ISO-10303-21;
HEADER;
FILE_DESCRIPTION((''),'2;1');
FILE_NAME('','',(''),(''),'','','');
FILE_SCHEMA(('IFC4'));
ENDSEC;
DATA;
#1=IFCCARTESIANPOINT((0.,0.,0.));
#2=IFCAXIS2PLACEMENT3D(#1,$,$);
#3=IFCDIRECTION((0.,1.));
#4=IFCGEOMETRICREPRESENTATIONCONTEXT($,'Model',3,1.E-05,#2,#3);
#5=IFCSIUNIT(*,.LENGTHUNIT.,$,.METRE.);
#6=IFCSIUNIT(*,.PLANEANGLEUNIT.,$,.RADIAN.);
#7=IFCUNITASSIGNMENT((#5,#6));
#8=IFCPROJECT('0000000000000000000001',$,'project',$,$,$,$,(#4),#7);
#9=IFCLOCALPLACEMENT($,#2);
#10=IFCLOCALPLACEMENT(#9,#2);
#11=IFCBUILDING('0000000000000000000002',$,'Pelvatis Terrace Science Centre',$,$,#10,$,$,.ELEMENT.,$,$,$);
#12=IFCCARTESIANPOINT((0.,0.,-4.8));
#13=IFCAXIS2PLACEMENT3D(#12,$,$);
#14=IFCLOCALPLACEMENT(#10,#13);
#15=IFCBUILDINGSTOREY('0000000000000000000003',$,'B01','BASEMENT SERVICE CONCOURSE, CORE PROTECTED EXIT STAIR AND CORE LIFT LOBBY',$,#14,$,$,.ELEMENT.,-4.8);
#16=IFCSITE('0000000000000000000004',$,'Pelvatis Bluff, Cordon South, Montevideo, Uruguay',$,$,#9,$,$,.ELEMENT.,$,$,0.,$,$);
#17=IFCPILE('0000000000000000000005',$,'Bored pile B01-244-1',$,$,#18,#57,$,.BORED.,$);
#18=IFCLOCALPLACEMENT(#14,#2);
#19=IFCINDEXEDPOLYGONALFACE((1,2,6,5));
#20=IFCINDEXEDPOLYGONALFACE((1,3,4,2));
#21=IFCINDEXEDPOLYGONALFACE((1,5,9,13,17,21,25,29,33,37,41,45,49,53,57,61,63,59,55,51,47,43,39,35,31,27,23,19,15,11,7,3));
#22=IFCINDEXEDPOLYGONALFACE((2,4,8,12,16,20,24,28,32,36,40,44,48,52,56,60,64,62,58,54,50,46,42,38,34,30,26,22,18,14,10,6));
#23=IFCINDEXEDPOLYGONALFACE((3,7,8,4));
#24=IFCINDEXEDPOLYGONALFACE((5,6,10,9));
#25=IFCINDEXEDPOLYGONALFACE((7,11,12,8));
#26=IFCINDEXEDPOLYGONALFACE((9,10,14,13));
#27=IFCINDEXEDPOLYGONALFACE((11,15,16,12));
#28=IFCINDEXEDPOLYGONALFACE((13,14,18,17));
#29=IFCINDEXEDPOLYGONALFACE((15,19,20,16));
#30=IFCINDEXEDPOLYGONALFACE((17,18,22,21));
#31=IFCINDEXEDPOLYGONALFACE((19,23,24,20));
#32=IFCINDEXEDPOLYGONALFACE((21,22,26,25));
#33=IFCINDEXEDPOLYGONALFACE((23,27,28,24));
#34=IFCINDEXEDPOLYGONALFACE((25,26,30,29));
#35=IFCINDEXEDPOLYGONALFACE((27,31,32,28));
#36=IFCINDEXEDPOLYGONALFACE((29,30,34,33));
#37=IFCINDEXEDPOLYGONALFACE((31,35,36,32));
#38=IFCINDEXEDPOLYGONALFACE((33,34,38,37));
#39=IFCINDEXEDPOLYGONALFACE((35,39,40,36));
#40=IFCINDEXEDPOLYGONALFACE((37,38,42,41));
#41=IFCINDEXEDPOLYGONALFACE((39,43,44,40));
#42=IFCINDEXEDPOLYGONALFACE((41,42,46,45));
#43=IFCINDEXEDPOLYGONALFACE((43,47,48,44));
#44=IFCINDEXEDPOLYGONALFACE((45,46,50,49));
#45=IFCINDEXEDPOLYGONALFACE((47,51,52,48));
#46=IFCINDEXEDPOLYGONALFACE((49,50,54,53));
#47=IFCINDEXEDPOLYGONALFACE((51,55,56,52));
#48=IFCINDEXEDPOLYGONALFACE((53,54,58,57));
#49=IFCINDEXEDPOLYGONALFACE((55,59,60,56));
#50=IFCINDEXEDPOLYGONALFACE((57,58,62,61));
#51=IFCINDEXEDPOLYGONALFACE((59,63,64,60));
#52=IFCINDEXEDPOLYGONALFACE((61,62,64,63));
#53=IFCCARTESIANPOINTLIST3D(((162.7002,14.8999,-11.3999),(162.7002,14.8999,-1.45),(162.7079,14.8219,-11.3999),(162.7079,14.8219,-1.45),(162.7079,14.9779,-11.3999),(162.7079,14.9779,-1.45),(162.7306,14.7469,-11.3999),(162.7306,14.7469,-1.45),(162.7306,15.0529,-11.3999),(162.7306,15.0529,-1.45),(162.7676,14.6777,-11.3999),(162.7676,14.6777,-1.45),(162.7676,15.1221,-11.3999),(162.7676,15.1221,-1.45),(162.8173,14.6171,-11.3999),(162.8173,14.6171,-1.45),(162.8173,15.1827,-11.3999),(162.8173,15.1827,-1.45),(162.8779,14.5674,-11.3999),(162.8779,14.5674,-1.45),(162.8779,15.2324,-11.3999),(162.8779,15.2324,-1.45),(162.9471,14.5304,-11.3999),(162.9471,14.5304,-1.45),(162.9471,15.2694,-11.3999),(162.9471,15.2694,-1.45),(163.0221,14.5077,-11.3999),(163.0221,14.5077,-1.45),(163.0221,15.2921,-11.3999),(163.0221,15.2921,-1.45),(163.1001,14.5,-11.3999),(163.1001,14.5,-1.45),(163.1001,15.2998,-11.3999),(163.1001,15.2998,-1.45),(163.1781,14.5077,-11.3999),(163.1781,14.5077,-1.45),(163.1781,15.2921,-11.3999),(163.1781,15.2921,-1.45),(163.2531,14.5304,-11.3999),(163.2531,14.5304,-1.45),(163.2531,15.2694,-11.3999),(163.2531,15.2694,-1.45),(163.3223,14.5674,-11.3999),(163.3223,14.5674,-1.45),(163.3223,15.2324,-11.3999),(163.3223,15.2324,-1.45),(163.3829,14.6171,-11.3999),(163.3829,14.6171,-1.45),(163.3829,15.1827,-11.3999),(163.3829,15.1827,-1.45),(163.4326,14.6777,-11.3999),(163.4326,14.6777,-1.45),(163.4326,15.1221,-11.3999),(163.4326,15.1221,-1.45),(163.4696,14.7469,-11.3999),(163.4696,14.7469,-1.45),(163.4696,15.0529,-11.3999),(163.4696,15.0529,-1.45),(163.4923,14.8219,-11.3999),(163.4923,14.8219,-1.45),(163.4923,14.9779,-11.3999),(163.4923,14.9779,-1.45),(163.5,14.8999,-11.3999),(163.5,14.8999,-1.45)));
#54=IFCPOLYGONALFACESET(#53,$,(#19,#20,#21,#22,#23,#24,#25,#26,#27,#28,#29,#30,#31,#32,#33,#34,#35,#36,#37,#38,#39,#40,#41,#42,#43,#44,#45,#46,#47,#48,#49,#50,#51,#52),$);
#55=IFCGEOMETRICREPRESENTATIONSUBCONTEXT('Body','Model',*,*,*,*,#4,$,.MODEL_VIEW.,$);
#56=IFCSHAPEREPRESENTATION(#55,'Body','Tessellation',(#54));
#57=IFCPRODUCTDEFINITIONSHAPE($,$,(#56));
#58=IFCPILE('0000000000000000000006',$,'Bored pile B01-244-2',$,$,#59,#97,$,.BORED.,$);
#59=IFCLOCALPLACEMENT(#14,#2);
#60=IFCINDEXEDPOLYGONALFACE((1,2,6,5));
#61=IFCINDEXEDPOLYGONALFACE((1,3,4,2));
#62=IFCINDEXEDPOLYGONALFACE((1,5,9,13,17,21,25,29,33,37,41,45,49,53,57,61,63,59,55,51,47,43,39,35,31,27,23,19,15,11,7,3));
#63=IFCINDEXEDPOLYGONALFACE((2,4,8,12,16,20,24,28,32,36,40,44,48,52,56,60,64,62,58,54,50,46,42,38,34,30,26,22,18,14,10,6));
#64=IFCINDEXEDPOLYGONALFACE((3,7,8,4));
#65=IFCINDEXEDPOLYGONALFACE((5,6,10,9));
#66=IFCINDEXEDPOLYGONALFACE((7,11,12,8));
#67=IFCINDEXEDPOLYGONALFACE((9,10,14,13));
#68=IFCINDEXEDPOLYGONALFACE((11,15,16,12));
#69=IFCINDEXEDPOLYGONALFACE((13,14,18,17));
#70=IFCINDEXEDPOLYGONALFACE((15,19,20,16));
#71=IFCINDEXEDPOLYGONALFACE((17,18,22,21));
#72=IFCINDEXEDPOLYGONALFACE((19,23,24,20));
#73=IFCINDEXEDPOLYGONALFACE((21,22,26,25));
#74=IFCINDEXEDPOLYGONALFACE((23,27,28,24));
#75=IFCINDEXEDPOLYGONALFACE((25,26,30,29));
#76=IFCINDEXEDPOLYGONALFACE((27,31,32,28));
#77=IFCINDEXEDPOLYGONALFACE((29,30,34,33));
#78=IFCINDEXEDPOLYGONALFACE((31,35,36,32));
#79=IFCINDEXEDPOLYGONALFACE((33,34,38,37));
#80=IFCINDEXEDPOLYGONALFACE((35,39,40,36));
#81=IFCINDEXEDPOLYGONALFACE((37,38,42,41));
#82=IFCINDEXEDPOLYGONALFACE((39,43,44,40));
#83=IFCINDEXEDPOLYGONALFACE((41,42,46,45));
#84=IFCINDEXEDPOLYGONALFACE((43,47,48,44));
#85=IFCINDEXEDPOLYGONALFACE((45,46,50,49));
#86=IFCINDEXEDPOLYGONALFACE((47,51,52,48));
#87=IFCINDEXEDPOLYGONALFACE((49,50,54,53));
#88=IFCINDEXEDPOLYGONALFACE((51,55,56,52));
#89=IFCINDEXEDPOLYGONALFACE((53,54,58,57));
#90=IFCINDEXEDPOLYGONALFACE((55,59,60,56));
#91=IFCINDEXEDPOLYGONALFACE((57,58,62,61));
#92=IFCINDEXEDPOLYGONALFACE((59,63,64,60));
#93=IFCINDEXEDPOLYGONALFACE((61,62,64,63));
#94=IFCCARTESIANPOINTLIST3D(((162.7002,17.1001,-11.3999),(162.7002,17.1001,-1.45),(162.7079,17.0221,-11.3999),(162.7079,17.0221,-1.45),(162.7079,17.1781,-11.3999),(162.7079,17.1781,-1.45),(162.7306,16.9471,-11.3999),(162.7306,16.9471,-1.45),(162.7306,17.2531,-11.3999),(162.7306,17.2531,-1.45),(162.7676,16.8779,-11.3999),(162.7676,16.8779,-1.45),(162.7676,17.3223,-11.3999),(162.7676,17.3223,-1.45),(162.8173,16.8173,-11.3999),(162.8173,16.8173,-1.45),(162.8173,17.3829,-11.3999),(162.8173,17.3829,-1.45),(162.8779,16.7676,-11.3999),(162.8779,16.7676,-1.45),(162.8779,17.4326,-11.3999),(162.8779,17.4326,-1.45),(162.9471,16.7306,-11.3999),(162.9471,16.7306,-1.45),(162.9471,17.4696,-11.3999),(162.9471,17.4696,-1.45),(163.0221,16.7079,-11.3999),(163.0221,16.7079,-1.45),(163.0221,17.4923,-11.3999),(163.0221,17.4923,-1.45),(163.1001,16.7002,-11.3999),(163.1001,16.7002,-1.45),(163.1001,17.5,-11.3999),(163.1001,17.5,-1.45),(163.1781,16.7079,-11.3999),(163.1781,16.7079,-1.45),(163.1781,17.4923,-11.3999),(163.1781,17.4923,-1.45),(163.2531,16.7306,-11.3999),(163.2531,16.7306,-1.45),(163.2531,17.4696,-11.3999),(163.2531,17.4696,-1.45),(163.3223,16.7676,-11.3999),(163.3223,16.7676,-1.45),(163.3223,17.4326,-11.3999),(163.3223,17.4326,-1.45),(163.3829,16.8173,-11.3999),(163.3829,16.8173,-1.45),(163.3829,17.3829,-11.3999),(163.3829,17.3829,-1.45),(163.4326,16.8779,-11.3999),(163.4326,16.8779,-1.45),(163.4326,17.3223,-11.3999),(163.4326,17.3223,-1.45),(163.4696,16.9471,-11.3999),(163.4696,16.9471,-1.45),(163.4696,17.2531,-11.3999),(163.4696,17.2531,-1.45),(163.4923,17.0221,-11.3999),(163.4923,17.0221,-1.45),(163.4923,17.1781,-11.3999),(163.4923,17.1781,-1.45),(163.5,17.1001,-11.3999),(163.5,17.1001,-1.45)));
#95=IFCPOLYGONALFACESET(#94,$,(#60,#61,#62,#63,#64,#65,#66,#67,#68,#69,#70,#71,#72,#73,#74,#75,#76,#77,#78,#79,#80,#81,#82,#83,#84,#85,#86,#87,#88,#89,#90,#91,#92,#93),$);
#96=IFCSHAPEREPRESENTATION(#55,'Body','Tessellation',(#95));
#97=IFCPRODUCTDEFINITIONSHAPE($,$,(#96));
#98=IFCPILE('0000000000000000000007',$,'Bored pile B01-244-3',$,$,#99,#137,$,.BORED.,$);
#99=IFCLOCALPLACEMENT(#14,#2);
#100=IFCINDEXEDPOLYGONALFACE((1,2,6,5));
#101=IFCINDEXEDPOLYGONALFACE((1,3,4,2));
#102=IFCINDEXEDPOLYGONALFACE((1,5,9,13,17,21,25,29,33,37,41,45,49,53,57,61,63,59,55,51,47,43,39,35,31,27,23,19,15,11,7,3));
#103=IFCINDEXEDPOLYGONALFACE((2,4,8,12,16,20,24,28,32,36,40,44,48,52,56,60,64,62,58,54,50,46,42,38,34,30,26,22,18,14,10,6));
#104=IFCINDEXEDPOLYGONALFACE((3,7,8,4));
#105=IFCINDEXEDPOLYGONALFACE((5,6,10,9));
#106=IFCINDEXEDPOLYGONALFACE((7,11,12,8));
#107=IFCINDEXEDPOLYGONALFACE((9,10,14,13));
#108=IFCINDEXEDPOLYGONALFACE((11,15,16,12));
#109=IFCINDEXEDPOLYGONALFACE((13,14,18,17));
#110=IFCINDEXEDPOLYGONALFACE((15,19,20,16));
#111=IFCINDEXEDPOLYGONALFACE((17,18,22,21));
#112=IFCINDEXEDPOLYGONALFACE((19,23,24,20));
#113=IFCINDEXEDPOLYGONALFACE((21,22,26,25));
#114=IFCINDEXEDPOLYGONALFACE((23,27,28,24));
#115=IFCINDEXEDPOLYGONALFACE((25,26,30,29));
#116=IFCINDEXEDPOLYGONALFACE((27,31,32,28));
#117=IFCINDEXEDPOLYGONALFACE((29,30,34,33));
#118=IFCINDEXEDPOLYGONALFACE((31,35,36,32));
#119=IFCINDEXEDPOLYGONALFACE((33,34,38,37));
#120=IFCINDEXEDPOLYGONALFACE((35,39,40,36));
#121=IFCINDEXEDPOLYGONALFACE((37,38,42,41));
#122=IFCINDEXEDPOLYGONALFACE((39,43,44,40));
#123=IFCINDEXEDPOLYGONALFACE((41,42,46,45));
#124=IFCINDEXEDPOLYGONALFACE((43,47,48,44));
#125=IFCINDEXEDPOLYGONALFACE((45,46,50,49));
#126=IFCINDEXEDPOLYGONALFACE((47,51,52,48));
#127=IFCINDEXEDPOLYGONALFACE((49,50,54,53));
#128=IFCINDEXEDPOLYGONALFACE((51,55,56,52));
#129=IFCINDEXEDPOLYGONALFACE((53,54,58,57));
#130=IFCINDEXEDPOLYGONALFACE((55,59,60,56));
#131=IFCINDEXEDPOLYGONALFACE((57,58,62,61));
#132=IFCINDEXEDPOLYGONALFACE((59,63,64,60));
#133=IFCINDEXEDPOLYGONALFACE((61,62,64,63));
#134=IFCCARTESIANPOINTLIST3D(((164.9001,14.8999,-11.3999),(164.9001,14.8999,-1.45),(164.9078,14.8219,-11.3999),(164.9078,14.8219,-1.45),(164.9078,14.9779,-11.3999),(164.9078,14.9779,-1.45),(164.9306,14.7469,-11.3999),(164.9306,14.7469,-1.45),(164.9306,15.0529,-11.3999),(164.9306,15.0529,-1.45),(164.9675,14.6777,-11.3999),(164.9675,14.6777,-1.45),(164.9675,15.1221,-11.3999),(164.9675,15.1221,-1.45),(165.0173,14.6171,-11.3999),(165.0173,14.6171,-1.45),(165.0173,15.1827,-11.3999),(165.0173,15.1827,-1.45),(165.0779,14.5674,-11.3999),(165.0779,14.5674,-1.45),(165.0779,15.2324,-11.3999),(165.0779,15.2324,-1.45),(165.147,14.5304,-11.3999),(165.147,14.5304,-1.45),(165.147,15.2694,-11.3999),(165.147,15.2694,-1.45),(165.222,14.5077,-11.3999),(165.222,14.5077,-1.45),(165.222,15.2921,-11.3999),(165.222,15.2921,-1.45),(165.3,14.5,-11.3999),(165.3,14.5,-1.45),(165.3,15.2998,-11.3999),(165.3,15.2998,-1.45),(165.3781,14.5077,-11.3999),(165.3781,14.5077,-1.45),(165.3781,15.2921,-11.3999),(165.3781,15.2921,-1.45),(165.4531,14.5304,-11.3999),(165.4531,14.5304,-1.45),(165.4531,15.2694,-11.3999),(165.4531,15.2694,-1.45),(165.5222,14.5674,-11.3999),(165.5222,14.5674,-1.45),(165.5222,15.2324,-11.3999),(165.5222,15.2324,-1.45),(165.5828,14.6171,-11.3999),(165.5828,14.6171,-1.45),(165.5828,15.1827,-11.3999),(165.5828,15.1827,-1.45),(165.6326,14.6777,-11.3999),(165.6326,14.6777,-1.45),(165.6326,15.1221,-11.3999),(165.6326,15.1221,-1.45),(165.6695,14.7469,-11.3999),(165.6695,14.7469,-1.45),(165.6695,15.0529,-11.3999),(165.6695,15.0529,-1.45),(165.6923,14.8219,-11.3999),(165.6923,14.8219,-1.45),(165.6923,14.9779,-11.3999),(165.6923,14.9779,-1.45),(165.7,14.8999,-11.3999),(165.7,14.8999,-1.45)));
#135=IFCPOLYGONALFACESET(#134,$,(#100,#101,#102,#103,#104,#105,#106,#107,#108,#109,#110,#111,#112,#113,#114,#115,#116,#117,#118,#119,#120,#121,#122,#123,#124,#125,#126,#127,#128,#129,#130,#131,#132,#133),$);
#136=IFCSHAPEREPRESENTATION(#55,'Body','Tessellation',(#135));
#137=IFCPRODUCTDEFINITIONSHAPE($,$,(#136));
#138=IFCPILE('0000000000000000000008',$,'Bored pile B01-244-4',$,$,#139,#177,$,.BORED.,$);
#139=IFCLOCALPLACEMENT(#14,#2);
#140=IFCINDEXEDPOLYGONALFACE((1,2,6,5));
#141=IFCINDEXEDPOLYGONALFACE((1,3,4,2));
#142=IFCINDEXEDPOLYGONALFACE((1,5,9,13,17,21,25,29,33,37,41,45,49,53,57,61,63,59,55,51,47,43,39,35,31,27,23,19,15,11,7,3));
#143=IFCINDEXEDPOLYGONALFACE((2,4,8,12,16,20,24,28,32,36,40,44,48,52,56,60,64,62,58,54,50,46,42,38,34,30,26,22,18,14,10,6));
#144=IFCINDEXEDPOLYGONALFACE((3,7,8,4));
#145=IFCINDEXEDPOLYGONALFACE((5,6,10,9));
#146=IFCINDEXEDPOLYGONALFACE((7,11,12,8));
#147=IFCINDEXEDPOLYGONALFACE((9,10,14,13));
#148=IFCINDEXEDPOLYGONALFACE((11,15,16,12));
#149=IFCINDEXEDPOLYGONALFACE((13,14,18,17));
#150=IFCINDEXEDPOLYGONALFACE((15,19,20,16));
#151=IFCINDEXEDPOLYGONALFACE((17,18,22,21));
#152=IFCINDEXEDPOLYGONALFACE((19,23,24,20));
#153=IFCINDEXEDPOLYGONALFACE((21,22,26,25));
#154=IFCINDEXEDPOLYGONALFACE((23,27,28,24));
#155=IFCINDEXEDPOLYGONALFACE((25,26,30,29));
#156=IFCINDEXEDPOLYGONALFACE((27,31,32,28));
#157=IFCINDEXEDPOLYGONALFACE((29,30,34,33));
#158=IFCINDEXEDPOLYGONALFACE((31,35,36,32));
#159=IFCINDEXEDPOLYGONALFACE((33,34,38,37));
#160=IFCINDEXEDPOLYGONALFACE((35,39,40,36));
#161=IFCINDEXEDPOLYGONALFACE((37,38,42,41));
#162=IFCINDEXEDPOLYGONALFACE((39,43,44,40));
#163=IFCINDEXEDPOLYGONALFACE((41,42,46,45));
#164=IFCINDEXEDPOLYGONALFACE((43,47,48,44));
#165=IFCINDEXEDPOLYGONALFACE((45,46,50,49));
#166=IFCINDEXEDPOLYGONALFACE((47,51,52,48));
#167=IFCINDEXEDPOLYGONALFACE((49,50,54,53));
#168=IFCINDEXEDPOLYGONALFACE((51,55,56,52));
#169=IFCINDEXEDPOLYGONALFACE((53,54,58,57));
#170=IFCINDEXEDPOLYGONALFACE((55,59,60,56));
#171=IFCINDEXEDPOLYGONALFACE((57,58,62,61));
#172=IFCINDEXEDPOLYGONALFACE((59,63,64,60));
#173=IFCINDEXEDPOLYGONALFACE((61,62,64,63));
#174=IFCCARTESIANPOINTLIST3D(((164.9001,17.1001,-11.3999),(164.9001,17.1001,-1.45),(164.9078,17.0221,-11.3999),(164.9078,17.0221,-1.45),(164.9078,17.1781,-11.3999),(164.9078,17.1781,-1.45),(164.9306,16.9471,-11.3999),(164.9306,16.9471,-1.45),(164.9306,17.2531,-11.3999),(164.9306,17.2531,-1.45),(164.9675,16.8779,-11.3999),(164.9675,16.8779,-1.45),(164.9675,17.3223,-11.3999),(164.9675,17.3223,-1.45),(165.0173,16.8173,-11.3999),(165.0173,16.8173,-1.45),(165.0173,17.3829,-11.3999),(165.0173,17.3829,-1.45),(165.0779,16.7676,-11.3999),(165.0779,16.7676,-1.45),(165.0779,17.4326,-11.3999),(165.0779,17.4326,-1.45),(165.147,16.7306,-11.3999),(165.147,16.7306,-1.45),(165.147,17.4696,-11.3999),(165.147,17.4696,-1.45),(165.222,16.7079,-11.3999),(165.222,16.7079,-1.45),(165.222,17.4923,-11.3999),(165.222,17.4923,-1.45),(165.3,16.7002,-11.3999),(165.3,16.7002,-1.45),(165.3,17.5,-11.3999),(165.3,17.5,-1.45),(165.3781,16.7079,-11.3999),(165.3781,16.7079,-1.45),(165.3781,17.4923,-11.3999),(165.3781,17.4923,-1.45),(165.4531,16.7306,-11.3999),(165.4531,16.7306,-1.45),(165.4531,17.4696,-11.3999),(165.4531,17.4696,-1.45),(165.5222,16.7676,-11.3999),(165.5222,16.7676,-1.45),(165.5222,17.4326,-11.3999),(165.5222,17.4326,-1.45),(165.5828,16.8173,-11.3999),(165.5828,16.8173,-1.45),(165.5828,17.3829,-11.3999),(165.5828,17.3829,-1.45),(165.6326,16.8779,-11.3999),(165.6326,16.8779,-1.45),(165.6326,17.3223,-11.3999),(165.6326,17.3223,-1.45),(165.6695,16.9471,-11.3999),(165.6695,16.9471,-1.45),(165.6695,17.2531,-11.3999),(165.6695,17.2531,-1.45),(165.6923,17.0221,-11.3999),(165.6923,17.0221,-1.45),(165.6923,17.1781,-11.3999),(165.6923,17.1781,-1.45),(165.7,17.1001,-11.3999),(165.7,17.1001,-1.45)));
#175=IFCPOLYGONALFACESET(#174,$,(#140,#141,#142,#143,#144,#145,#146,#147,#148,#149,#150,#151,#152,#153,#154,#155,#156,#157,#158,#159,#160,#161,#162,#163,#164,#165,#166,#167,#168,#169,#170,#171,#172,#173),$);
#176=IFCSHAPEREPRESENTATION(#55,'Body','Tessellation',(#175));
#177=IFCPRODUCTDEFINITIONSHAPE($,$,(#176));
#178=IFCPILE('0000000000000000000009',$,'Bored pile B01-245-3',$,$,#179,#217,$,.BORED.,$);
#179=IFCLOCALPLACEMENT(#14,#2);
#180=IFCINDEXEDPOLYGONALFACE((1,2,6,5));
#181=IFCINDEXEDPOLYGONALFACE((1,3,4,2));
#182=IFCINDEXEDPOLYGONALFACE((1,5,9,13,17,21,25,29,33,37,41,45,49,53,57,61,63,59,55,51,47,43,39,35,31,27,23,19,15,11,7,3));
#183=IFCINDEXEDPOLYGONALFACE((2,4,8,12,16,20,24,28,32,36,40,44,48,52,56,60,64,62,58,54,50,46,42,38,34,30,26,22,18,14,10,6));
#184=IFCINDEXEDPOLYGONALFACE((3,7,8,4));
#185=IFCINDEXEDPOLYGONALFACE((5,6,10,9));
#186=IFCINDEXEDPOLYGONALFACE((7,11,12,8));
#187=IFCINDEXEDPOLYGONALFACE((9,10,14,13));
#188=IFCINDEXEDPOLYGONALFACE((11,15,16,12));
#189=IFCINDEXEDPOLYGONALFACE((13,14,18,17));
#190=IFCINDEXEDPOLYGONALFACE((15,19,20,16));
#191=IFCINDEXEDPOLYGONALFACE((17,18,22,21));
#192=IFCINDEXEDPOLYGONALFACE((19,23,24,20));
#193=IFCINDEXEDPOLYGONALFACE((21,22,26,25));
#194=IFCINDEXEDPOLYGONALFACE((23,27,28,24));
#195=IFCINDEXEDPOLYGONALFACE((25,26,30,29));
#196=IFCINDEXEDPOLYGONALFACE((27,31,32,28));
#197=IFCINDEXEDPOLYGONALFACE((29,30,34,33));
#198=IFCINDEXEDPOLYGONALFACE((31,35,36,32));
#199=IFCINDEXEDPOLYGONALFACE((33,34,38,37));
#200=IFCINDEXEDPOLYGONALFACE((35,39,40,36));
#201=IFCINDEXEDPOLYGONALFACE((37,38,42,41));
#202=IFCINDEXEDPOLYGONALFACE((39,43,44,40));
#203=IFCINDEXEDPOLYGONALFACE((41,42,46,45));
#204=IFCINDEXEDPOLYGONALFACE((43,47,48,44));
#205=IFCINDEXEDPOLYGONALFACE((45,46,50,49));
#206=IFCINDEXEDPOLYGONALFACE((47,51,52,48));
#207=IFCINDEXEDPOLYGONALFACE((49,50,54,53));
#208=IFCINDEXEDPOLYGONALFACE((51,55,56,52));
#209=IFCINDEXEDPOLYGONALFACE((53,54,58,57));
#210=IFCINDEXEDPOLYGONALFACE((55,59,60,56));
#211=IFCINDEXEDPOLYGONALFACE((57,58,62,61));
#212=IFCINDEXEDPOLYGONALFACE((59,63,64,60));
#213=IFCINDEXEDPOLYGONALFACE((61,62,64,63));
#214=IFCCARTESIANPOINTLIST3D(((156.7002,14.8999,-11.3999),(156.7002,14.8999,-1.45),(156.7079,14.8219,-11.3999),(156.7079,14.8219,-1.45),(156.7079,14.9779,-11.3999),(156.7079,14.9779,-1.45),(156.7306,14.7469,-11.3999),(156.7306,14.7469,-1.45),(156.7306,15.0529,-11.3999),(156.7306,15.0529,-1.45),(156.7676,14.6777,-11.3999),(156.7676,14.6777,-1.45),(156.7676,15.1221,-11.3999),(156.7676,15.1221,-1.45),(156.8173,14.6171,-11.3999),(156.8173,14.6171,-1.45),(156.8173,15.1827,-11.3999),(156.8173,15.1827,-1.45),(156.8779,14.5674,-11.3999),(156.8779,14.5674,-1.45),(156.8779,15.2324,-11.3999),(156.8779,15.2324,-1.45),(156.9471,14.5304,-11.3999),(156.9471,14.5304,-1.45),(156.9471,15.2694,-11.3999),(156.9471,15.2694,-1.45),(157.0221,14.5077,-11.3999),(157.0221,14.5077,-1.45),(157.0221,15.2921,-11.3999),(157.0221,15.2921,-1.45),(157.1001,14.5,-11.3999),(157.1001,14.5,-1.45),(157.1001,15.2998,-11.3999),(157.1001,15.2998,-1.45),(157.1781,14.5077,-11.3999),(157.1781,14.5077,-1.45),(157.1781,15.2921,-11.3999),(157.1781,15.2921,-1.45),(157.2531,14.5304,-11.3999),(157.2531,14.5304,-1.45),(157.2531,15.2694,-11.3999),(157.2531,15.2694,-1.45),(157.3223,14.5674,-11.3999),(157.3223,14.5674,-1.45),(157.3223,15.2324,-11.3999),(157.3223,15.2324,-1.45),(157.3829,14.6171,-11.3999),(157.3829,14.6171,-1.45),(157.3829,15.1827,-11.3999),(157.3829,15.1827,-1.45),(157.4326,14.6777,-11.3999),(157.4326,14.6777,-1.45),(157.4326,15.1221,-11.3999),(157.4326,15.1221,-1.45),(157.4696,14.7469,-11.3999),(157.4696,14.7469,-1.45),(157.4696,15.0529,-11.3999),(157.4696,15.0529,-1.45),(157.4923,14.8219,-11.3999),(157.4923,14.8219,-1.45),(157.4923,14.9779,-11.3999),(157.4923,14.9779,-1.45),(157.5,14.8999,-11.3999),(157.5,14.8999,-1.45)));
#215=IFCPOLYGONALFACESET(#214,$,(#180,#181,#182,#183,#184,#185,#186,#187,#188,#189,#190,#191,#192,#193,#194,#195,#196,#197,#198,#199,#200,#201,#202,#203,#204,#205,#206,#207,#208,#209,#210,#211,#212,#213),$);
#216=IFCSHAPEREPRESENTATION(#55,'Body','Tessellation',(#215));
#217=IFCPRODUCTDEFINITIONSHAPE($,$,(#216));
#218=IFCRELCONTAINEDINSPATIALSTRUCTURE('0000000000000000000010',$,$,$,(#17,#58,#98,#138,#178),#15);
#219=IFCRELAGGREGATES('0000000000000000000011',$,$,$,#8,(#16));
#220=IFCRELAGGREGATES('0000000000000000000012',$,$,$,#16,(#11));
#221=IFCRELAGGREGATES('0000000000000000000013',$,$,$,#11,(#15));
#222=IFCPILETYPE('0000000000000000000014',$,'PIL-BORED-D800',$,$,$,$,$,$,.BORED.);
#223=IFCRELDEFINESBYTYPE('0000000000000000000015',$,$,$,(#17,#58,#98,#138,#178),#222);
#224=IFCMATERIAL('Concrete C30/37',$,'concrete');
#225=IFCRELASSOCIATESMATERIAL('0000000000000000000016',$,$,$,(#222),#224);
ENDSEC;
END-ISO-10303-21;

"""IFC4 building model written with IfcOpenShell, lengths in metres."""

from ifc_helpers import new_model, si_unit, direction, frame, origin, origin_2d, place, context, subcontext, project, spatial, circle, extrude, material, material_profile, profile_set, type_object, element, save


model = new_model("IFC4")

# Units and contexts
model_context = context("Model", 3, precision=1e-05, world=origin(), true_north=direction((0.0, 1.0)))
body_context = subcontext(model_context, "Body", "Model", "MODEL_VIEW")
ifc_project = project(units=[si_unit("LENGTHUNIT", "METRE"), si_unit("PLANEANGLEUNIT", "RADIAN")], contexts=[model_context])

# Site, building, storey
site_placement = place(None, origin())
site = spatial("IfcSite", under=ifc_project, at=site_placement, Name="Pelvatis Bluff, Cordon South, Montevideo, Uruguay", CompositionType="ELEMENT", RefElevation=0.0)
building_placement = place(site_placement, origin())
building = spatial("IfcBuilding", under=site, at=building_placement, Name="Pelvatis Terrace Science Centre", CompositionType="ELEMENT")
storey_placement = place(building_placement, frame((0.0, 0.0, -4.8)))
storey = spatial("IfcBuildingStorey", under=building, at=storey_placement, Name="B01", Description="BASEMENT SERVICE CONCOURSE, CORE PROTECTED EXIT STAIR AND CORE LIFT LOBBY", CompositionType="ELEMENT", Elevation=-4.8)

# Piles
ifc_material_1 = material(Name="Concrete C30/37", Category="concrete")
ifc_material_profile_1 = material_profile(ifc_material_1, circle(Radius=0.3999, at=origin_2d()), Name="PILE D800")
ifc_profile_set_1 = profile_set([ifc_material_profile_1], Name="Concrete C30/37")
pile_type = type_object("IfcPileType", Name="PIL-BORED-D800", PredefinedType="BORED", material=ifc_profile_set_1)
for number, where, z_axis, x_axis, name in (
    (1, (163.1001, 14.8999, -1.45), (0.0, 0.0, -1.0), (1.0, 0.0, 0.0), "Bored pile B01-244-1"),
    (2, (163.1001, 17.1001, -1.45), (0.0, 0.0, -1.0), (1.0, 0.0, 0.0), "Bored pile B01-244-2"),
    (3, (165.3, 14.8999, -1.45), (0.0, 0.0, -1.0), (1.0, 0.0, 0.0), "Bored pile B01-244-3"),
    (4, (165.3, 17.1001, -1.45), (0.0, 0.0, -1.0), (1.0, 0.0, 0.0), "Bored pile B01-244-4"),
    (5, (157.1001, 14.8999, -1.45), (0.0, 0.0, -1.0), (1.0, 0.0, 0.0), "Bored pile B01-245-3"),
):
    element("IfcPile", number, at=place(storey_placement, frame(where, z_axis=z_axis, x_axis=x_axis)), inside=storey, type_object=pile_type, Name=name, PredefinedType="BORED", context=body_context, shape_type="SweptSolid", body=[
        extrude(circle(Radius=0.3999, at=origin_2d()), origin(), (0.0, 0.0, 1.0), 9.95),
    ])

save(model, "model.ifc")
